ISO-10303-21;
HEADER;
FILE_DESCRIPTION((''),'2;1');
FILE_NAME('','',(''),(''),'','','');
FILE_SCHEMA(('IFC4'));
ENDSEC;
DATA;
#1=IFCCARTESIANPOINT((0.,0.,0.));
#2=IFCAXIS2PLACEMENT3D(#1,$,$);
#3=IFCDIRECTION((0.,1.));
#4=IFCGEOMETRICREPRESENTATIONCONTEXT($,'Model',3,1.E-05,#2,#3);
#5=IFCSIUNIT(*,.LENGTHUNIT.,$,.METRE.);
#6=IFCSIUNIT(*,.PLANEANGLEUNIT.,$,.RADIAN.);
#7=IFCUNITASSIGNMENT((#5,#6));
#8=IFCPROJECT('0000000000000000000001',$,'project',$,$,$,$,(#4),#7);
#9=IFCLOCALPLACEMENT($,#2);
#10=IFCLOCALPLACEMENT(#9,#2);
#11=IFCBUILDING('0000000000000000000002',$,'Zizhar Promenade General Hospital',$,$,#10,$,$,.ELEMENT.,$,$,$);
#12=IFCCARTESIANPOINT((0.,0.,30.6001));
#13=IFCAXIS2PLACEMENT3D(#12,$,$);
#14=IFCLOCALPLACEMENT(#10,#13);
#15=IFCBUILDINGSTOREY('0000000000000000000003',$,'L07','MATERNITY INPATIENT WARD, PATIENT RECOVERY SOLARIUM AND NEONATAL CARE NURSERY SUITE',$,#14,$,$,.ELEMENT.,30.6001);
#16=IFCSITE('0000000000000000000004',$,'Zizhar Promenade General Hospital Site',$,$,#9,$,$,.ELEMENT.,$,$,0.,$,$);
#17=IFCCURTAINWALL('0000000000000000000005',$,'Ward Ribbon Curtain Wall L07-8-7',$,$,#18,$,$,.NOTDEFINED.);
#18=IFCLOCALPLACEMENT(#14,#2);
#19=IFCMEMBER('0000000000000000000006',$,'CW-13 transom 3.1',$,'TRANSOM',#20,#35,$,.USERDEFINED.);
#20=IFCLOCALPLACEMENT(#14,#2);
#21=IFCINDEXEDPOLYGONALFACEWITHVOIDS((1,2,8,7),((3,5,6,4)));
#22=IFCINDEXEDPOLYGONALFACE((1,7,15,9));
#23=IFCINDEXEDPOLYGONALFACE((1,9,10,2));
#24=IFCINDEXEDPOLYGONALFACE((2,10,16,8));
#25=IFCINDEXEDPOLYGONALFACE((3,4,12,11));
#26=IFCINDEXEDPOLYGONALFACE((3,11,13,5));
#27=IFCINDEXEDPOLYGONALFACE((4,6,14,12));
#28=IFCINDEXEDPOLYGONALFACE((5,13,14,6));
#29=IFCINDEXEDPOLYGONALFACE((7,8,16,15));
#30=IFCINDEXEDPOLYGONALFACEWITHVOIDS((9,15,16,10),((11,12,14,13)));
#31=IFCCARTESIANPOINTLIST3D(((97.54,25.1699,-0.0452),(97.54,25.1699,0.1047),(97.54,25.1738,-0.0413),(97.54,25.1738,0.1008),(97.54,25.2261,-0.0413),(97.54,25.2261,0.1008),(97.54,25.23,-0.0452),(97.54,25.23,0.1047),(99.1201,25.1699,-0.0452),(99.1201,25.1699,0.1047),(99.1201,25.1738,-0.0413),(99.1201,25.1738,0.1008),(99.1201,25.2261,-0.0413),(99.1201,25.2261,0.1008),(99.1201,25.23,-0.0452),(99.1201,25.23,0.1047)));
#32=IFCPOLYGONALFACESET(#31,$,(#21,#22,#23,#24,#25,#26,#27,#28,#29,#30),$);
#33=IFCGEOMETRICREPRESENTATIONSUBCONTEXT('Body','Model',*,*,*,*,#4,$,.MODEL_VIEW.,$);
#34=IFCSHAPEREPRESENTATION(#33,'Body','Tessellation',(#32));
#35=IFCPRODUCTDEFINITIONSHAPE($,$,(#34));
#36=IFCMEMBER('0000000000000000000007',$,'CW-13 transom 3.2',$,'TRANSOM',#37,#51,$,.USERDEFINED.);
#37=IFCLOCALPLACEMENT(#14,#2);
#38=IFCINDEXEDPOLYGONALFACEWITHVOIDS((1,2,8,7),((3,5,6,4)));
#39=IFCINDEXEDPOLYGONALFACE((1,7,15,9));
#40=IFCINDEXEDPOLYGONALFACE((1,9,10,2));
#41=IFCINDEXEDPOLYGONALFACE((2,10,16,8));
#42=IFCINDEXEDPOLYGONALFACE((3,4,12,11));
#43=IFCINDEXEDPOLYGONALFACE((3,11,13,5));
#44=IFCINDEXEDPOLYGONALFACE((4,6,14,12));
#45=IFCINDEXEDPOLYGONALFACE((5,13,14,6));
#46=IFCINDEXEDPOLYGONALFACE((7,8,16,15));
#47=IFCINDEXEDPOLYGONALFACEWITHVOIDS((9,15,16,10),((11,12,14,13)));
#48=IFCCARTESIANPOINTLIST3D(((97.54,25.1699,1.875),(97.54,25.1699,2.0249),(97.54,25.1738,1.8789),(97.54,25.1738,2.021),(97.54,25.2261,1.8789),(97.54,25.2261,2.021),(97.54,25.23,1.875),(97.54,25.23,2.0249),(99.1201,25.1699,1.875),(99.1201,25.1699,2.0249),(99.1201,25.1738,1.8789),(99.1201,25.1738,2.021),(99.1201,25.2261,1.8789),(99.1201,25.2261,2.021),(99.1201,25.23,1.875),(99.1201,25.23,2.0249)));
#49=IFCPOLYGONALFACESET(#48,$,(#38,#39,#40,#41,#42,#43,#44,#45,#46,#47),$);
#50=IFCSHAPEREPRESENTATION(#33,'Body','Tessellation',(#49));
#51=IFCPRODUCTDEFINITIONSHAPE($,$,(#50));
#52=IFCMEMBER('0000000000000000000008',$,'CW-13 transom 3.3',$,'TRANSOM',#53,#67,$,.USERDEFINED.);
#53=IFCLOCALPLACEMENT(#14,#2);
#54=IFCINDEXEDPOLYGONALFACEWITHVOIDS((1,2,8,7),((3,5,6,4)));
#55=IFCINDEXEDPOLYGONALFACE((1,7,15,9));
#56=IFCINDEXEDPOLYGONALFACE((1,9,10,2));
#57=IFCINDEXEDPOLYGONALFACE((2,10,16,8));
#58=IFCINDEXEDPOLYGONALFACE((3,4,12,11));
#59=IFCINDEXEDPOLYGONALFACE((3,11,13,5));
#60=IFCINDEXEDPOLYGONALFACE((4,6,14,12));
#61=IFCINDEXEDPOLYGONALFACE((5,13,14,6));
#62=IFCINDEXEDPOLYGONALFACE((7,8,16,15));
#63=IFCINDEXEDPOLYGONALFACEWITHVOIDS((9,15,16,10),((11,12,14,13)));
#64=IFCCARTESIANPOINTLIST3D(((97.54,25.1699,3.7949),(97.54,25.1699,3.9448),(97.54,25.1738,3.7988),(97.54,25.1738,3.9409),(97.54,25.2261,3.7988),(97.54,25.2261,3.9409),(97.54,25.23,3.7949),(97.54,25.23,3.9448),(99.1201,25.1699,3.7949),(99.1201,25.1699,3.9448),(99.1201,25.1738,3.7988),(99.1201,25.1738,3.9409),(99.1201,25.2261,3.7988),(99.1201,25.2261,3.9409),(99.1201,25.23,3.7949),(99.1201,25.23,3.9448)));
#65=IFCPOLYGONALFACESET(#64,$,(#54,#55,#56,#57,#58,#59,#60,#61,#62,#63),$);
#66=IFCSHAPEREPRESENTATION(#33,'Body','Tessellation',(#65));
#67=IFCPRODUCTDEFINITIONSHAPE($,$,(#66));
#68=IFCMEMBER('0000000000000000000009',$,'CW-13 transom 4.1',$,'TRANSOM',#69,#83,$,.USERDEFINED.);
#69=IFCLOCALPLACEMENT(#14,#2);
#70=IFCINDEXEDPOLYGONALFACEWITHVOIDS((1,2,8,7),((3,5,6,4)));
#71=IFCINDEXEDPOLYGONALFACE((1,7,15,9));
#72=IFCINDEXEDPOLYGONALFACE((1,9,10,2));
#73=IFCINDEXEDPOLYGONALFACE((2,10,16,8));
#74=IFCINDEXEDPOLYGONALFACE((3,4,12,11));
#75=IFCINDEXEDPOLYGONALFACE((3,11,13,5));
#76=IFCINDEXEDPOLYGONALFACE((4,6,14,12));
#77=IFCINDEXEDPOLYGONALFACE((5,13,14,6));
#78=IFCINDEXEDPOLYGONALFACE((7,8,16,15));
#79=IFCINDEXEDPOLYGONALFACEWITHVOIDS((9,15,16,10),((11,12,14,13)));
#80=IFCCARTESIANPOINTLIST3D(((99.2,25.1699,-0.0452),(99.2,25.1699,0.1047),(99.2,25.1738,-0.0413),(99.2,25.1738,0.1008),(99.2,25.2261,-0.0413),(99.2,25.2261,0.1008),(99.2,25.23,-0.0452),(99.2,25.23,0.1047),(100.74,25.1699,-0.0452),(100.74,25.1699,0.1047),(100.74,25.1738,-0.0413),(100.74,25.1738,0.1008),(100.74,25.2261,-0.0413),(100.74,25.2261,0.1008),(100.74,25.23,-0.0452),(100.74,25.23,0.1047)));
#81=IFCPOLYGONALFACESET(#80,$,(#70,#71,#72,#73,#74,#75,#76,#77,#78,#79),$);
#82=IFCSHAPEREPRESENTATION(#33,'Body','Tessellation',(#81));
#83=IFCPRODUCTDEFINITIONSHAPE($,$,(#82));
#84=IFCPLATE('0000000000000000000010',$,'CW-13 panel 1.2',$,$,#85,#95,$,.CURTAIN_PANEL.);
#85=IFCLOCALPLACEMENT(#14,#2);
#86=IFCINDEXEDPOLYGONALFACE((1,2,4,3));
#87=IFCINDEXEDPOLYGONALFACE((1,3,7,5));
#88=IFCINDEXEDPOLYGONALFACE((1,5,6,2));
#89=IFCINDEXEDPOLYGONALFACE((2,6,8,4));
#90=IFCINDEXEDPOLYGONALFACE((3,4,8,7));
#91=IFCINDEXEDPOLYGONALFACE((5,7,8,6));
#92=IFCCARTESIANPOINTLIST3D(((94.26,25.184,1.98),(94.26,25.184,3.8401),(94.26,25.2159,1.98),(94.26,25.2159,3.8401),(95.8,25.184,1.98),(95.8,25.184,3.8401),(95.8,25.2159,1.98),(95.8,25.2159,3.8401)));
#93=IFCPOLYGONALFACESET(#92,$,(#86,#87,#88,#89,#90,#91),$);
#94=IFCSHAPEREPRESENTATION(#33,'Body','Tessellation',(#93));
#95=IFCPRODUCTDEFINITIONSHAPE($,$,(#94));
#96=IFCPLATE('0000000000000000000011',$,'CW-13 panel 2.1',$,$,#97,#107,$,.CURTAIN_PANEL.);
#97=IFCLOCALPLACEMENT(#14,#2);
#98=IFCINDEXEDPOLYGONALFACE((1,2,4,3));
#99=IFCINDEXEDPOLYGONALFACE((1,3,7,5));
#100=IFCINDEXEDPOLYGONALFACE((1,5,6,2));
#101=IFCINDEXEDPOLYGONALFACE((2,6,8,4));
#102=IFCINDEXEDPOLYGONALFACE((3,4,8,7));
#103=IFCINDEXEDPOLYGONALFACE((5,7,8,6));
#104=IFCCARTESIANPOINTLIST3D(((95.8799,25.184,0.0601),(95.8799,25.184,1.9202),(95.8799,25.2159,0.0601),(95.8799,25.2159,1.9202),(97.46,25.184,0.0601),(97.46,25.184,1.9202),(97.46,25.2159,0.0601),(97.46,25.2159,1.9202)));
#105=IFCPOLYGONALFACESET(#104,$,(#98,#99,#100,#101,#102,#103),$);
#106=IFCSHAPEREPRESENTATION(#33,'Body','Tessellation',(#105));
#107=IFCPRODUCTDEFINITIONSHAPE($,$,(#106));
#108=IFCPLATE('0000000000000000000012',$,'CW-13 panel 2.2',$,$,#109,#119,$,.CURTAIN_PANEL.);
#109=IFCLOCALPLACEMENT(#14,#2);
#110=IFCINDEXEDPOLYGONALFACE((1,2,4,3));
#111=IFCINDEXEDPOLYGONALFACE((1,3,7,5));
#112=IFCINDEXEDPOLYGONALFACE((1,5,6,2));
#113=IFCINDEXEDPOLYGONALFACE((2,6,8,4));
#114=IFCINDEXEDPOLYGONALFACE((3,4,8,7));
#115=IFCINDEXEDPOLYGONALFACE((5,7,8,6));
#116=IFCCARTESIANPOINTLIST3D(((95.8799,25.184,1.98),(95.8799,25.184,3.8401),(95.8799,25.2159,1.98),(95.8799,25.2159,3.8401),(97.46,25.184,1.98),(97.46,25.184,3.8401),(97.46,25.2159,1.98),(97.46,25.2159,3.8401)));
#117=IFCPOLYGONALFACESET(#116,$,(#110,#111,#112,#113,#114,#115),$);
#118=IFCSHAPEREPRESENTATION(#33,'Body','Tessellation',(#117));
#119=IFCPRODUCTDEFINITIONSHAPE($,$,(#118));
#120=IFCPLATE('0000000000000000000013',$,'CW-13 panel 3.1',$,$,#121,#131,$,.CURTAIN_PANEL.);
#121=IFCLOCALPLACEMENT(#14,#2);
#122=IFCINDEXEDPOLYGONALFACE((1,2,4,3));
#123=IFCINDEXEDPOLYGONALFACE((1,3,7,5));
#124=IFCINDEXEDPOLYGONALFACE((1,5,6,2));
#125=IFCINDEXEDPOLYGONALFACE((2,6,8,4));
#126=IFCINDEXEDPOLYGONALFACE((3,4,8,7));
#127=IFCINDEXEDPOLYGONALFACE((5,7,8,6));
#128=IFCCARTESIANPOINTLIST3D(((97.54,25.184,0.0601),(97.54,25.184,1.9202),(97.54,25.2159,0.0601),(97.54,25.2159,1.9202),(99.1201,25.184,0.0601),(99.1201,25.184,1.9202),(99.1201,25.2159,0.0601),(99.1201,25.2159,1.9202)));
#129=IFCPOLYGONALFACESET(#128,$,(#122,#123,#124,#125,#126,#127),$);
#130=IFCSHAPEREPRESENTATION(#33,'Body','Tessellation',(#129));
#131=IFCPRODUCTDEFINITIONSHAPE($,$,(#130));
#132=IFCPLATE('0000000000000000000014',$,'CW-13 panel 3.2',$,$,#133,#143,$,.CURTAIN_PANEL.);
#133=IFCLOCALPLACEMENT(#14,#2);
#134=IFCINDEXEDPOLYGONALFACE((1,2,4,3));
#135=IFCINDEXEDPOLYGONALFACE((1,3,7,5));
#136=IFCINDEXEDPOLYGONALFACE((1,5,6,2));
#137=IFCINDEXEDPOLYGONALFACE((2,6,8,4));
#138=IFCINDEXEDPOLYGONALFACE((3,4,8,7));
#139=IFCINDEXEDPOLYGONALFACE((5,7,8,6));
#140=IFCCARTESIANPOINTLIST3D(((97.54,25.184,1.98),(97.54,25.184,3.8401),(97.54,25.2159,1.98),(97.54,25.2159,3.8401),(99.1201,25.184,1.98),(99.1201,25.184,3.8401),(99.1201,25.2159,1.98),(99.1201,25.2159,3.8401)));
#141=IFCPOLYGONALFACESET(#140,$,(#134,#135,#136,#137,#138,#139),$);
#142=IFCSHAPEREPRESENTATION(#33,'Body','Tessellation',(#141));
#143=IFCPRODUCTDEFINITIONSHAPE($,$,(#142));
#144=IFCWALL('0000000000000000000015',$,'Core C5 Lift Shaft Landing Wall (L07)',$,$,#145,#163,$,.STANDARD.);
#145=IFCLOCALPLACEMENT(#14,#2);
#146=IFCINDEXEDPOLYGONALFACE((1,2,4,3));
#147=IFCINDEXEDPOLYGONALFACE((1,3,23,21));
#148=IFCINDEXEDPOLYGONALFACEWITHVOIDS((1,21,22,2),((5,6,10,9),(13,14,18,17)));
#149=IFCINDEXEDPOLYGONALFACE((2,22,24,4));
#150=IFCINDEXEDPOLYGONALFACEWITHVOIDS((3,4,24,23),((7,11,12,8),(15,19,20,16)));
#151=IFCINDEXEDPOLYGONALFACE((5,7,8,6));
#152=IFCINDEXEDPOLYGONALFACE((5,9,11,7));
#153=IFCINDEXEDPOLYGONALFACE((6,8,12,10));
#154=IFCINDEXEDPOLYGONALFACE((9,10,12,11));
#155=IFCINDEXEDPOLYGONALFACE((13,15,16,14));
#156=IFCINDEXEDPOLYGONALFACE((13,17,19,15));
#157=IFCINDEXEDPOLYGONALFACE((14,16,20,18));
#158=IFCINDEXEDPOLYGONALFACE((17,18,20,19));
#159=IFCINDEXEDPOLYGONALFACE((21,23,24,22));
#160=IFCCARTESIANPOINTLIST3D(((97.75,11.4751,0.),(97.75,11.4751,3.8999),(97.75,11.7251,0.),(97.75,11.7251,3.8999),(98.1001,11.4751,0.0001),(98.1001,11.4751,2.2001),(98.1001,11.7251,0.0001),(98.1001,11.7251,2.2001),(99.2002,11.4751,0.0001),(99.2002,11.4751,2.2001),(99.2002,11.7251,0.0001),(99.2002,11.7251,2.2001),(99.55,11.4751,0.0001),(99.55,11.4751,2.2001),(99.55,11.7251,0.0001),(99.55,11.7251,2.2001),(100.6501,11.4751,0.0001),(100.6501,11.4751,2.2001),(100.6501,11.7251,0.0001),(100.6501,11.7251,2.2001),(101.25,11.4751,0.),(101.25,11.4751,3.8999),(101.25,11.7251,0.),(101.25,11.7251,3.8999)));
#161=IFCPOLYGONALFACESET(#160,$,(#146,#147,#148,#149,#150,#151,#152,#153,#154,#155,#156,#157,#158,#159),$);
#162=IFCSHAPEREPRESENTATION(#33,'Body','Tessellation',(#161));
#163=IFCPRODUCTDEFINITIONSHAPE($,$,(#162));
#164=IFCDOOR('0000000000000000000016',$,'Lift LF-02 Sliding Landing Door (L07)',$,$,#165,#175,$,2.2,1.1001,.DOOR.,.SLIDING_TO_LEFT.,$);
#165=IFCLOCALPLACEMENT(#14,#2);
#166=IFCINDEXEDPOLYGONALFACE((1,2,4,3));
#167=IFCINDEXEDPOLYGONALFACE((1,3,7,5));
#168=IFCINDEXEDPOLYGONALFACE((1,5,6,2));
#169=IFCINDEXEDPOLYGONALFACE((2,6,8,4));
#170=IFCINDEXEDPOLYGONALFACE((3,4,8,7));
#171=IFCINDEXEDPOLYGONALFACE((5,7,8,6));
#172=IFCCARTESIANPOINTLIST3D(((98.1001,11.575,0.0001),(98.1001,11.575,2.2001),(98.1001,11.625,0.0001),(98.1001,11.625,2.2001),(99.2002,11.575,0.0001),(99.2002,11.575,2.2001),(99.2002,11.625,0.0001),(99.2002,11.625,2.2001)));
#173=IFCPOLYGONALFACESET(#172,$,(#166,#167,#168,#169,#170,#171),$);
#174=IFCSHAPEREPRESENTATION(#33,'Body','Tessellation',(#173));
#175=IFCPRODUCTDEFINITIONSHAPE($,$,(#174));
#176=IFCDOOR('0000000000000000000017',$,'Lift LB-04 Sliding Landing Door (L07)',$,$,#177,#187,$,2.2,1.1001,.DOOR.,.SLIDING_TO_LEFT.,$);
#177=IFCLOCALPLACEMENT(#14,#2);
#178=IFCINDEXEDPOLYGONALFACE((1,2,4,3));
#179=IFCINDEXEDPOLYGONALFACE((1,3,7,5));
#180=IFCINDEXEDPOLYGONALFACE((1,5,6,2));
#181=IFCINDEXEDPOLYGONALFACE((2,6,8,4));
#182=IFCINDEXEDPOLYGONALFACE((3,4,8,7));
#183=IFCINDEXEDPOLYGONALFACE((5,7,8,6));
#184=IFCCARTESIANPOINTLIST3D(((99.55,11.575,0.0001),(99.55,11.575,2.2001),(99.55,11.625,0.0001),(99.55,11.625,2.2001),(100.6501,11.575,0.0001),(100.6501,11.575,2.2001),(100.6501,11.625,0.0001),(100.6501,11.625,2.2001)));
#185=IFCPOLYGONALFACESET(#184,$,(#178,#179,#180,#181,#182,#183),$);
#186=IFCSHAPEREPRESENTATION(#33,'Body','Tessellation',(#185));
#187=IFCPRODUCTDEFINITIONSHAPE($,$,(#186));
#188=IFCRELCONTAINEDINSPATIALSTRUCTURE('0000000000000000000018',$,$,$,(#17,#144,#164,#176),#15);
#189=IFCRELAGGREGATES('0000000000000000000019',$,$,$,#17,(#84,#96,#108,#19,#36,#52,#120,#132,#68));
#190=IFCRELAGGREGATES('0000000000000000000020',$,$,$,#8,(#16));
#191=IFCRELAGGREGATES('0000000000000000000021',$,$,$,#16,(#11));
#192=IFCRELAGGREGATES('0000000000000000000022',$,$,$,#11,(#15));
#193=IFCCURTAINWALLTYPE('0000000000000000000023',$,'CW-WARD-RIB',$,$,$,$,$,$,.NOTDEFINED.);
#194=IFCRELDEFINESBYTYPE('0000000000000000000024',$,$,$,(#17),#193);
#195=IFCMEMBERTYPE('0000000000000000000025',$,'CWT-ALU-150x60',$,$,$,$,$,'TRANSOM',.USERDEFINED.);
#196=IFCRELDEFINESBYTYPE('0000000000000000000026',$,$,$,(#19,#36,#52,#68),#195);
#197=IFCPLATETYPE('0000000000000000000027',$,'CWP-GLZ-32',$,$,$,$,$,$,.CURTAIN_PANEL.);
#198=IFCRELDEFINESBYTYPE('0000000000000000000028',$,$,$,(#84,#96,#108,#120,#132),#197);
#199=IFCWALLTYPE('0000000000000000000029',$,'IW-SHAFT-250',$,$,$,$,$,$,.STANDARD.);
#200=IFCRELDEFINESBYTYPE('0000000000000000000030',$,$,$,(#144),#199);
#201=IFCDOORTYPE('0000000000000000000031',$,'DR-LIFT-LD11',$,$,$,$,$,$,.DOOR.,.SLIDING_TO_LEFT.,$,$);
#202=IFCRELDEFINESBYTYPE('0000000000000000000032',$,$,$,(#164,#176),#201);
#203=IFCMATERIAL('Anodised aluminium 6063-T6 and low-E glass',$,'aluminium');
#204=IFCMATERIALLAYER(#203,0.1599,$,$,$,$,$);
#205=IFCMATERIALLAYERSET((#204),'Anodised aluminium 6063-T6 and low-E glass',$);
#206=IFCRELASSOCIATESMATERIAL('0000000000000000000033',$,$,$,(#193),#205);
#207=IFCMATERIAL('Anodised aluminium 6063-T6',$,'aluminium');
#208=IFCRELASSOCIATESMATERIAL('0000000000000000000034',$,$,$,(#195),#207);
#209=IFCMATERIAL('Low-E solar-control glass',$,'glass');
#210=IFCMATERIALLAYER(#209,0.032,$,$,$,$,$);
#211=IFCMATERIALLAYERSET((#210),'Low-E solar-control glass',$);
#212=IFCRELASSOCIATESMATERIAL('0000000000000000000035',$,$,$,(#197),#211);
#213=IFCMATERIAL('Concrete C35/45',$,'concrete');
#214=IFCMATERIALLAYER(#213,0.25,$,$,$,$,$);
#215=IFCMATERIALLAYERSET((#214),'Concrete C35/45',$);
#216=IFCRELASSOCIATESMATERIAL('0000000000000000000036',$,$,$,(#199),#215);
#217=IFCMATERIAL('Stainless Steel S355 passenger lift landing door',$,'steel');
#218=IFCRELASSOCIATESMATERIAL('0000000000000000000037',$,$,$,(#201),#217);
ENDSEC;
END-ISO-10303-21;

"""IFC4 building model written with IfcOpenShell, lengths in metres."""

from ifc_helpers import new_model, si_unit, direction, frame, frame_2d, origin, origin_2d, place, context, subcontext, project, spatial, rectangle, hollow_rectangle, extrude, material, layer, layer_set, material_profile, profile_set, type_object, element, fill, aggregate, save


model = new_model("IFC4")

# Units and contexts
model_context = context("Model", 3, precision=1e-05, world=origin(), true_north=direction((0.0, 1.0)))
body_context = subcontext(model_context, "Body", "Model", "MODEL_VIEW")
ifc_project = project(units=[si_unit("LENGTHUNIT", "METRE"), si_unit("PLANEANGLEUNIT", "RADIAN")], contexts=[model_context])

# Site, building, storey
site_placement = place(None, origin())
site = spatial("IfcSite", under=ifc_project, at=site_placement, Name="Zizhar Promenade General Hospital Site", CompositionType="ELEMENT", RefElevation=0.0)
building_placement = place(site_placement, origin())
building = spatial("IfcBuilding", under=site, at=building_placement, Name="Zizhar Promenade General Hospital", CompositionType="ELEMENT")
storey_placement = place(building_placement, frame((0.0, 0.0, 30.6001)))
storey = spatial("IfcBuildingStorey", under=building, at=storey_placement, Name="L07", Description="MATERNITY INPATIENT WARD, PATIENT RECOVERY SOLARIUM AND NEONATAL CARE NURSERY SUITE", CompositionType="ELEMENT", Elevation=30.6001)

# Curtain wall, members, plates
ifc_material_1 = material(Name="Anodised aluminium 6063-T6 and low-E glass", Category="aluminium")
ifc_layer_1 = layer(ifc_material_1, 0.1599)
ifc_layer_set_1 = layer_set([ifc_layer_1], Name="Anodised aluminium 6063-T6 and low-E glass")
curtain_wall_type = type_object("IfcCurtainWallType", Name="CW-WARD-RIB", PredefinedType="NOTDEFINED", material=ifc_layer_set_1)
curtain_wall_placement = place(storey_placement, origin())
curtain_wall = element("IfcCurtainWall", 1, at=curtain_wall_placement, inside=storey, type_object=curtain_wall_type, Name="Ward Ribbon Curtain Wall L07-8-7", PredefinedType="NOTDEFINED")
ifc_material_2 = material(Name="Anodised aluminium 6063-T6", Category="aluminium")
ifc_material_profile_1 = material_profile(ifc_material_2, hollow_rectangle(XDim=0.0601, YDim=0.1499, WallThickness=0.0039, at=origin_2d()))
ifc_profile_set_1 = profile_set([ifc_material_profile_1], Name="Anodised aluminium 6063-T6")
member_type_1 = type_object("IfcMemberType", Name="CWT-ALU-150x60", ElementType="TRANSOM", PredefinedType="USERDEFINED", material=ifc_profile_set_1)
member_1_placement = place(storey_placement, frame((97.54, 25.2, 0.0298), z_axis=(1.0, 0.0, 0.0), x_axis=(0.0, 1.0, 0.0)))
member_1 = element("IfcMember", 2, at=member_1_placement, type_object=member_type_1, Name="CW-13 transom 3.1", ObjectType="TRANSOM", PredefinedType="USERDEFINED", context=body_context, shape_type="SweptSolid", body=[
    extrude(hollow_rectangle(XDim=0.0601, YDim=0.1499, WallThickness=0.0039, at=origin_2d()), origin(), (0.0, 0.0, 1.0), 1.5801),
])
member_2_placement = place(storey_placement, frame((97.54, 25.2, 1.95), z_axis=(1.0, 0.0, 0.0), x_axis=(0.0, 1.0, 0.0)))
member_2 = element("IfcMember", 3, at=member_2_placement, type_object=member_type_1, Name="CW-13 transom 3.2", ObjectType="TRANSOM", PredefinedType="USERDEFINED", context=body_context, shape_type="SweptSolid", body=[
    extrude(hollow_rectangle(XDim=0.0601, YDim=0.1499, WallThickness=0.0039, at=origin_2d()), origin(), (0.0, 0.0, 1.0), 1.5801),
])
member_3_placement = place(storey_placement, frame((97.54, 25.2, 3.8699), z_axis=(1.0, 0.0, 0.0), x_axis=(0.0, 1.0, 0.0)))
member_3 = element("IfcMember", 4, at=member_3_placement, type_object=member_type_1, Name="CW-13 transom 3.3", ObjectType="TRANSOM", PredefinedType="USERDEFINED", context=body_context, shape_type="SweptSolid", body=[
    extrude(hollow_rectangle(XDim=0.0601, YDim=0.1499, WallThickness=0.0039, at=origin_2d()), origin(), (0.0, 0.0, 1.0), 1.5801),
])
member_4_placement = place(storey_placement, frame((99.2, 25.2, 0.0298), z_axis=(1.0, 0.0, 0.0), x_axis=(0.0, 1.0, 0.0)))
member_4 = element("IfcMember", 5, at=member_4_placement, type_object=member_type_1, Name="CW-13 transom 4.1", ObjectType="TRANSOM", PredefinedType="USERDEFINED", context=body_context, shape_type="SweptSolid", body=[
    extrude(hollow_rectangle(XDim=0.0601, YDim=0.1499, WallThickness=0.0039, at=origin_2d()), origin(), (0.0, 0.0, 1.0), 1.54),
])
ifc_material_3 = material(Name="Low-E solar-control glass", Category="glass")
ifc_layer_2 = layer(ifc_material_3, 0.032)
ifc_layer_set_2 = layer_set([ifc_layer_2], Name="Low-E solar-control glass")
plate_type = type_object("IfcPlateType", Name="CWP-GLZ-32", PredefinedType="CURTAIN_PANEL", material=ifc_layer_set_2)
plate_1_placement = place(storey_placement, frame((95.03, 25.2, 1.98), z_axis=(0.0, 0.0, 1.0), x_axis=(1.0, 0.0, 0.0)))
plate_1 = element("IfcPlate", 6, at=plate_1_placement, type_object=plate_type, Name="CW-13 panel 1.2", PredefinedType="CURTAIN_PANEL", context=body_context, shape_type="SweptSolid", body=[
    extrude(rectangle(XDim=1.54, YDim=0.032, at=origin_2d()), origin(), (0.0, 0.0, 1.0), 1.8601),
])
plate_2_placement = place(storey_placement, frame((96.6699, 25.2, 0.0601), z_axis=(0.0, 0.0, 1.0), x_axis=(1.0, 0.0, 0.0)))
plate_2 = element("IfcPlate", 7, at=plate_2_placement, type_object=plate_type, Name="CW-13 panel 2.1", PredefinedType="CURTAIN_PANEL", context=body_context, shape_type="SweptSolid", body=[
    extrude(rectangle(XDim=1.5801, YDim=0.032, at=origin_2d()), origin(), (0.0, 0.0, 1.0), 1.8601),
])
plate_3_placement = place(storey_placement, frame((96.6699, 25.2, 1.98), z_axis=(0.0, 0.0, 1.0), x_axis=(1.0, 0.0, 0.0)))
plate_3 = element("IfcPlate", 8, at=plate_3_placement, type_object=plate_type, Name="CW-13 panel 2.2", PredefinedType="CURTAIN_PANEL", context=body_context, shape_type="SweptSolid", body=[
    extrude(rectangle(XDim=1.5801, YDim=0.032, at=origin_2d()), origin(), (0.0, 0.0, 1.0), 1.8601),
])
plate_4_placement = place(storey_placement, frame((98.3301, 25.2, 0.0601), z_axis=(0.0, 0.0, 1.0), x_axis=(1.0, 0.0, 0.0)))
plate_4 = element("IfcPlate", 9, at=plate_4_placement, type_object=plate_type, Name="CW-13 panel 3.1", PredefinedType="CURTAIN_PANEL", context=body_context, shape_type="SweptSolid", body=[
    extrude(rectangle(XDim=1.5801, YDim=0.032, at=origin_2d()), origin(), (0.0, 0.0, 1.0), 1.8601),
])
plate_5_placement = place(storey_placement, frame((98.3301, 25.2, 1.98), z_axis=(0.0, 0.0, 1.0), x_axis=(1.0, 0.0, 0.0)))
plate_5 = element("IfcPlate", 10, at=plate_5_placement, type_object=plate_type, Name="CW-13 panel 3.2", PredefinedType="CURTAIN_PANEL", context=body_context, shape_type="SweptSolid", body=[
    extrude(rectangle(XDim=1.5801, YDim=0.032, at=origin_2d()), origin(), (0.0, 0.0, 1.0), 1.8601),
])
aggregate(curtain_wall, [plate_1, plate_2, plate_3, member_1, member_2, member_3, plate_4, plate_5, member_4])

# Wall, openings, doors
ifc_material_4 = material(Name="Concrete C35/45", Category="concrete")
ifc_layer_3 = layer(ifc_material_4, 0.25)
ifc_layer_set_3 = layer_set([ifc_layer_3], Name="Concrete C35/45")
wall_type_1 = type_object("IfcWallType", Name="IW-SHAFT-250", PredefinedType="STANDARD", material=ifc_layer_set_3)
wall_1_placement = place(storey_placement, frame((97.75, 11.6001, 0.0), z_axis=(0.0, 0.0, 1.0), x_axis=(1.0, 0.0, 0.0)))
wall_1 = element("IfcWall", 11, at=wall_1_placement, inside=storey, type_object=wall_type_1, Name="Core C5 Lift Shaft Landing Wall (L07)", PredefinedType="STANDARD", context=body_context, shape_type="SweptSolid", body=[
    extrude(rectangle(XDim=3.5, YDim=0.25, at=frame_2d((1.75, 0.0))), origin(), (0.0, 0.0, 1.0), 3.8999),
])
opening_1_placement = place(wall_1_placement, frame((0.3501, 0.0, 0.0)))
opening_1 = element("IfcOpeningElement", 12, at=opening_1_placement, cuts=wall_1, PredefinedType="OPENING", context=body_context, shape_type="SweptSolid", body=[
    extrude(rectangle(XDim=1.1001, YDim=2.2, at=frame_2d((0.55, 1.1001))), frame((0.0, 0.135, 0.0), z_axis=(0.0, -1.0, 0.0), x_axis=(1.0, 0.0, 0.0)), (0.0, 0.0, 1.0), 0.27),
])
opening_2_placement = place(wall_1_placement, frame((1.8, 0.0, 0.0)))
opening_2 = element("IfcOpeningElement", 13, at=opening_2_placement, cuts=wall_1, PredefinedType="OPENING", context=body_context, shape_type="SweptSolid", body=[
    extrude(rectangle(XDim=1.1001, YDim=2.2, at=frame_2d((0.55, 1.1001))), frame((0.0, 0.135, 0.0), z_axis=(0.0, -1.0, 0.0), x_axis=(1.0, 0.0, 0.0)), (0.0, 0.0, 1.0), 0.27),
])
ifc_material_5 = material(Name="Stainless Steel S355 passenger lift landing door", Category="steel")
door_type_1 = type_object("IfcDoorType", Name="DR-LIFT-LD11", OperationType="SLIDING_TO_LEFT", PredefinedType="DOOR", material=ifc_material_5)
door_1_placement = place(opening_1_placement, origin())
door_1 = element("IfcDoor", 14, at=door_1_placement, inside=storey, type_object=door_type_1, Name="Lift LF-02 Sliding Landing Door (L07)", OperationType="SLIDING_TO_LEFT", OverallHeight=2.2, OverallWidth=1.1001, PredefinedType="DOOR", context=body_context, shape_type="SweptSolid", body=[
    extrude(rectangle(XDim=1.1001, YDim=2.2, at=frame_2d((0.55, 1.1001))), frame((0.0, 0.0249, 0.0), z_axis=(0.0, -1.0, 0.0), x_axis=(1.0, 0.0, 0.0)), (0.0, 0.0, 1.0), 0.05),
])
fill(opening_1, door_1)
door_2_placement = place(opening_2_placement, origin())
door_2 = element("IfcDoor", 15, at=door_2_placement, inside=storey, type_object=door_type_1, Name="Lift LB-04 Sliding Landing Door (L07)", OperationType="SLIDING_TO_LEFT", OverallHeight=2.2, OverallWidth=1.1001, PredefinedType="DOOR", context=body_context, shape_type="SweptSolid", body=[
    extrude(rectangle(XDim=1.1001, YDim=2.2, at=frame_2d((0.55, 1.1001))), frame((0.0, 0.0249, 0.0), z_axis=(0.0, -1.0, 0.0), x_axis=(1.0, 0.0, 0.0)), (0.0, 0.0, 1.0), 0.05),
])
fill(opening_2, door_2)

save(model, "model.ifc")
